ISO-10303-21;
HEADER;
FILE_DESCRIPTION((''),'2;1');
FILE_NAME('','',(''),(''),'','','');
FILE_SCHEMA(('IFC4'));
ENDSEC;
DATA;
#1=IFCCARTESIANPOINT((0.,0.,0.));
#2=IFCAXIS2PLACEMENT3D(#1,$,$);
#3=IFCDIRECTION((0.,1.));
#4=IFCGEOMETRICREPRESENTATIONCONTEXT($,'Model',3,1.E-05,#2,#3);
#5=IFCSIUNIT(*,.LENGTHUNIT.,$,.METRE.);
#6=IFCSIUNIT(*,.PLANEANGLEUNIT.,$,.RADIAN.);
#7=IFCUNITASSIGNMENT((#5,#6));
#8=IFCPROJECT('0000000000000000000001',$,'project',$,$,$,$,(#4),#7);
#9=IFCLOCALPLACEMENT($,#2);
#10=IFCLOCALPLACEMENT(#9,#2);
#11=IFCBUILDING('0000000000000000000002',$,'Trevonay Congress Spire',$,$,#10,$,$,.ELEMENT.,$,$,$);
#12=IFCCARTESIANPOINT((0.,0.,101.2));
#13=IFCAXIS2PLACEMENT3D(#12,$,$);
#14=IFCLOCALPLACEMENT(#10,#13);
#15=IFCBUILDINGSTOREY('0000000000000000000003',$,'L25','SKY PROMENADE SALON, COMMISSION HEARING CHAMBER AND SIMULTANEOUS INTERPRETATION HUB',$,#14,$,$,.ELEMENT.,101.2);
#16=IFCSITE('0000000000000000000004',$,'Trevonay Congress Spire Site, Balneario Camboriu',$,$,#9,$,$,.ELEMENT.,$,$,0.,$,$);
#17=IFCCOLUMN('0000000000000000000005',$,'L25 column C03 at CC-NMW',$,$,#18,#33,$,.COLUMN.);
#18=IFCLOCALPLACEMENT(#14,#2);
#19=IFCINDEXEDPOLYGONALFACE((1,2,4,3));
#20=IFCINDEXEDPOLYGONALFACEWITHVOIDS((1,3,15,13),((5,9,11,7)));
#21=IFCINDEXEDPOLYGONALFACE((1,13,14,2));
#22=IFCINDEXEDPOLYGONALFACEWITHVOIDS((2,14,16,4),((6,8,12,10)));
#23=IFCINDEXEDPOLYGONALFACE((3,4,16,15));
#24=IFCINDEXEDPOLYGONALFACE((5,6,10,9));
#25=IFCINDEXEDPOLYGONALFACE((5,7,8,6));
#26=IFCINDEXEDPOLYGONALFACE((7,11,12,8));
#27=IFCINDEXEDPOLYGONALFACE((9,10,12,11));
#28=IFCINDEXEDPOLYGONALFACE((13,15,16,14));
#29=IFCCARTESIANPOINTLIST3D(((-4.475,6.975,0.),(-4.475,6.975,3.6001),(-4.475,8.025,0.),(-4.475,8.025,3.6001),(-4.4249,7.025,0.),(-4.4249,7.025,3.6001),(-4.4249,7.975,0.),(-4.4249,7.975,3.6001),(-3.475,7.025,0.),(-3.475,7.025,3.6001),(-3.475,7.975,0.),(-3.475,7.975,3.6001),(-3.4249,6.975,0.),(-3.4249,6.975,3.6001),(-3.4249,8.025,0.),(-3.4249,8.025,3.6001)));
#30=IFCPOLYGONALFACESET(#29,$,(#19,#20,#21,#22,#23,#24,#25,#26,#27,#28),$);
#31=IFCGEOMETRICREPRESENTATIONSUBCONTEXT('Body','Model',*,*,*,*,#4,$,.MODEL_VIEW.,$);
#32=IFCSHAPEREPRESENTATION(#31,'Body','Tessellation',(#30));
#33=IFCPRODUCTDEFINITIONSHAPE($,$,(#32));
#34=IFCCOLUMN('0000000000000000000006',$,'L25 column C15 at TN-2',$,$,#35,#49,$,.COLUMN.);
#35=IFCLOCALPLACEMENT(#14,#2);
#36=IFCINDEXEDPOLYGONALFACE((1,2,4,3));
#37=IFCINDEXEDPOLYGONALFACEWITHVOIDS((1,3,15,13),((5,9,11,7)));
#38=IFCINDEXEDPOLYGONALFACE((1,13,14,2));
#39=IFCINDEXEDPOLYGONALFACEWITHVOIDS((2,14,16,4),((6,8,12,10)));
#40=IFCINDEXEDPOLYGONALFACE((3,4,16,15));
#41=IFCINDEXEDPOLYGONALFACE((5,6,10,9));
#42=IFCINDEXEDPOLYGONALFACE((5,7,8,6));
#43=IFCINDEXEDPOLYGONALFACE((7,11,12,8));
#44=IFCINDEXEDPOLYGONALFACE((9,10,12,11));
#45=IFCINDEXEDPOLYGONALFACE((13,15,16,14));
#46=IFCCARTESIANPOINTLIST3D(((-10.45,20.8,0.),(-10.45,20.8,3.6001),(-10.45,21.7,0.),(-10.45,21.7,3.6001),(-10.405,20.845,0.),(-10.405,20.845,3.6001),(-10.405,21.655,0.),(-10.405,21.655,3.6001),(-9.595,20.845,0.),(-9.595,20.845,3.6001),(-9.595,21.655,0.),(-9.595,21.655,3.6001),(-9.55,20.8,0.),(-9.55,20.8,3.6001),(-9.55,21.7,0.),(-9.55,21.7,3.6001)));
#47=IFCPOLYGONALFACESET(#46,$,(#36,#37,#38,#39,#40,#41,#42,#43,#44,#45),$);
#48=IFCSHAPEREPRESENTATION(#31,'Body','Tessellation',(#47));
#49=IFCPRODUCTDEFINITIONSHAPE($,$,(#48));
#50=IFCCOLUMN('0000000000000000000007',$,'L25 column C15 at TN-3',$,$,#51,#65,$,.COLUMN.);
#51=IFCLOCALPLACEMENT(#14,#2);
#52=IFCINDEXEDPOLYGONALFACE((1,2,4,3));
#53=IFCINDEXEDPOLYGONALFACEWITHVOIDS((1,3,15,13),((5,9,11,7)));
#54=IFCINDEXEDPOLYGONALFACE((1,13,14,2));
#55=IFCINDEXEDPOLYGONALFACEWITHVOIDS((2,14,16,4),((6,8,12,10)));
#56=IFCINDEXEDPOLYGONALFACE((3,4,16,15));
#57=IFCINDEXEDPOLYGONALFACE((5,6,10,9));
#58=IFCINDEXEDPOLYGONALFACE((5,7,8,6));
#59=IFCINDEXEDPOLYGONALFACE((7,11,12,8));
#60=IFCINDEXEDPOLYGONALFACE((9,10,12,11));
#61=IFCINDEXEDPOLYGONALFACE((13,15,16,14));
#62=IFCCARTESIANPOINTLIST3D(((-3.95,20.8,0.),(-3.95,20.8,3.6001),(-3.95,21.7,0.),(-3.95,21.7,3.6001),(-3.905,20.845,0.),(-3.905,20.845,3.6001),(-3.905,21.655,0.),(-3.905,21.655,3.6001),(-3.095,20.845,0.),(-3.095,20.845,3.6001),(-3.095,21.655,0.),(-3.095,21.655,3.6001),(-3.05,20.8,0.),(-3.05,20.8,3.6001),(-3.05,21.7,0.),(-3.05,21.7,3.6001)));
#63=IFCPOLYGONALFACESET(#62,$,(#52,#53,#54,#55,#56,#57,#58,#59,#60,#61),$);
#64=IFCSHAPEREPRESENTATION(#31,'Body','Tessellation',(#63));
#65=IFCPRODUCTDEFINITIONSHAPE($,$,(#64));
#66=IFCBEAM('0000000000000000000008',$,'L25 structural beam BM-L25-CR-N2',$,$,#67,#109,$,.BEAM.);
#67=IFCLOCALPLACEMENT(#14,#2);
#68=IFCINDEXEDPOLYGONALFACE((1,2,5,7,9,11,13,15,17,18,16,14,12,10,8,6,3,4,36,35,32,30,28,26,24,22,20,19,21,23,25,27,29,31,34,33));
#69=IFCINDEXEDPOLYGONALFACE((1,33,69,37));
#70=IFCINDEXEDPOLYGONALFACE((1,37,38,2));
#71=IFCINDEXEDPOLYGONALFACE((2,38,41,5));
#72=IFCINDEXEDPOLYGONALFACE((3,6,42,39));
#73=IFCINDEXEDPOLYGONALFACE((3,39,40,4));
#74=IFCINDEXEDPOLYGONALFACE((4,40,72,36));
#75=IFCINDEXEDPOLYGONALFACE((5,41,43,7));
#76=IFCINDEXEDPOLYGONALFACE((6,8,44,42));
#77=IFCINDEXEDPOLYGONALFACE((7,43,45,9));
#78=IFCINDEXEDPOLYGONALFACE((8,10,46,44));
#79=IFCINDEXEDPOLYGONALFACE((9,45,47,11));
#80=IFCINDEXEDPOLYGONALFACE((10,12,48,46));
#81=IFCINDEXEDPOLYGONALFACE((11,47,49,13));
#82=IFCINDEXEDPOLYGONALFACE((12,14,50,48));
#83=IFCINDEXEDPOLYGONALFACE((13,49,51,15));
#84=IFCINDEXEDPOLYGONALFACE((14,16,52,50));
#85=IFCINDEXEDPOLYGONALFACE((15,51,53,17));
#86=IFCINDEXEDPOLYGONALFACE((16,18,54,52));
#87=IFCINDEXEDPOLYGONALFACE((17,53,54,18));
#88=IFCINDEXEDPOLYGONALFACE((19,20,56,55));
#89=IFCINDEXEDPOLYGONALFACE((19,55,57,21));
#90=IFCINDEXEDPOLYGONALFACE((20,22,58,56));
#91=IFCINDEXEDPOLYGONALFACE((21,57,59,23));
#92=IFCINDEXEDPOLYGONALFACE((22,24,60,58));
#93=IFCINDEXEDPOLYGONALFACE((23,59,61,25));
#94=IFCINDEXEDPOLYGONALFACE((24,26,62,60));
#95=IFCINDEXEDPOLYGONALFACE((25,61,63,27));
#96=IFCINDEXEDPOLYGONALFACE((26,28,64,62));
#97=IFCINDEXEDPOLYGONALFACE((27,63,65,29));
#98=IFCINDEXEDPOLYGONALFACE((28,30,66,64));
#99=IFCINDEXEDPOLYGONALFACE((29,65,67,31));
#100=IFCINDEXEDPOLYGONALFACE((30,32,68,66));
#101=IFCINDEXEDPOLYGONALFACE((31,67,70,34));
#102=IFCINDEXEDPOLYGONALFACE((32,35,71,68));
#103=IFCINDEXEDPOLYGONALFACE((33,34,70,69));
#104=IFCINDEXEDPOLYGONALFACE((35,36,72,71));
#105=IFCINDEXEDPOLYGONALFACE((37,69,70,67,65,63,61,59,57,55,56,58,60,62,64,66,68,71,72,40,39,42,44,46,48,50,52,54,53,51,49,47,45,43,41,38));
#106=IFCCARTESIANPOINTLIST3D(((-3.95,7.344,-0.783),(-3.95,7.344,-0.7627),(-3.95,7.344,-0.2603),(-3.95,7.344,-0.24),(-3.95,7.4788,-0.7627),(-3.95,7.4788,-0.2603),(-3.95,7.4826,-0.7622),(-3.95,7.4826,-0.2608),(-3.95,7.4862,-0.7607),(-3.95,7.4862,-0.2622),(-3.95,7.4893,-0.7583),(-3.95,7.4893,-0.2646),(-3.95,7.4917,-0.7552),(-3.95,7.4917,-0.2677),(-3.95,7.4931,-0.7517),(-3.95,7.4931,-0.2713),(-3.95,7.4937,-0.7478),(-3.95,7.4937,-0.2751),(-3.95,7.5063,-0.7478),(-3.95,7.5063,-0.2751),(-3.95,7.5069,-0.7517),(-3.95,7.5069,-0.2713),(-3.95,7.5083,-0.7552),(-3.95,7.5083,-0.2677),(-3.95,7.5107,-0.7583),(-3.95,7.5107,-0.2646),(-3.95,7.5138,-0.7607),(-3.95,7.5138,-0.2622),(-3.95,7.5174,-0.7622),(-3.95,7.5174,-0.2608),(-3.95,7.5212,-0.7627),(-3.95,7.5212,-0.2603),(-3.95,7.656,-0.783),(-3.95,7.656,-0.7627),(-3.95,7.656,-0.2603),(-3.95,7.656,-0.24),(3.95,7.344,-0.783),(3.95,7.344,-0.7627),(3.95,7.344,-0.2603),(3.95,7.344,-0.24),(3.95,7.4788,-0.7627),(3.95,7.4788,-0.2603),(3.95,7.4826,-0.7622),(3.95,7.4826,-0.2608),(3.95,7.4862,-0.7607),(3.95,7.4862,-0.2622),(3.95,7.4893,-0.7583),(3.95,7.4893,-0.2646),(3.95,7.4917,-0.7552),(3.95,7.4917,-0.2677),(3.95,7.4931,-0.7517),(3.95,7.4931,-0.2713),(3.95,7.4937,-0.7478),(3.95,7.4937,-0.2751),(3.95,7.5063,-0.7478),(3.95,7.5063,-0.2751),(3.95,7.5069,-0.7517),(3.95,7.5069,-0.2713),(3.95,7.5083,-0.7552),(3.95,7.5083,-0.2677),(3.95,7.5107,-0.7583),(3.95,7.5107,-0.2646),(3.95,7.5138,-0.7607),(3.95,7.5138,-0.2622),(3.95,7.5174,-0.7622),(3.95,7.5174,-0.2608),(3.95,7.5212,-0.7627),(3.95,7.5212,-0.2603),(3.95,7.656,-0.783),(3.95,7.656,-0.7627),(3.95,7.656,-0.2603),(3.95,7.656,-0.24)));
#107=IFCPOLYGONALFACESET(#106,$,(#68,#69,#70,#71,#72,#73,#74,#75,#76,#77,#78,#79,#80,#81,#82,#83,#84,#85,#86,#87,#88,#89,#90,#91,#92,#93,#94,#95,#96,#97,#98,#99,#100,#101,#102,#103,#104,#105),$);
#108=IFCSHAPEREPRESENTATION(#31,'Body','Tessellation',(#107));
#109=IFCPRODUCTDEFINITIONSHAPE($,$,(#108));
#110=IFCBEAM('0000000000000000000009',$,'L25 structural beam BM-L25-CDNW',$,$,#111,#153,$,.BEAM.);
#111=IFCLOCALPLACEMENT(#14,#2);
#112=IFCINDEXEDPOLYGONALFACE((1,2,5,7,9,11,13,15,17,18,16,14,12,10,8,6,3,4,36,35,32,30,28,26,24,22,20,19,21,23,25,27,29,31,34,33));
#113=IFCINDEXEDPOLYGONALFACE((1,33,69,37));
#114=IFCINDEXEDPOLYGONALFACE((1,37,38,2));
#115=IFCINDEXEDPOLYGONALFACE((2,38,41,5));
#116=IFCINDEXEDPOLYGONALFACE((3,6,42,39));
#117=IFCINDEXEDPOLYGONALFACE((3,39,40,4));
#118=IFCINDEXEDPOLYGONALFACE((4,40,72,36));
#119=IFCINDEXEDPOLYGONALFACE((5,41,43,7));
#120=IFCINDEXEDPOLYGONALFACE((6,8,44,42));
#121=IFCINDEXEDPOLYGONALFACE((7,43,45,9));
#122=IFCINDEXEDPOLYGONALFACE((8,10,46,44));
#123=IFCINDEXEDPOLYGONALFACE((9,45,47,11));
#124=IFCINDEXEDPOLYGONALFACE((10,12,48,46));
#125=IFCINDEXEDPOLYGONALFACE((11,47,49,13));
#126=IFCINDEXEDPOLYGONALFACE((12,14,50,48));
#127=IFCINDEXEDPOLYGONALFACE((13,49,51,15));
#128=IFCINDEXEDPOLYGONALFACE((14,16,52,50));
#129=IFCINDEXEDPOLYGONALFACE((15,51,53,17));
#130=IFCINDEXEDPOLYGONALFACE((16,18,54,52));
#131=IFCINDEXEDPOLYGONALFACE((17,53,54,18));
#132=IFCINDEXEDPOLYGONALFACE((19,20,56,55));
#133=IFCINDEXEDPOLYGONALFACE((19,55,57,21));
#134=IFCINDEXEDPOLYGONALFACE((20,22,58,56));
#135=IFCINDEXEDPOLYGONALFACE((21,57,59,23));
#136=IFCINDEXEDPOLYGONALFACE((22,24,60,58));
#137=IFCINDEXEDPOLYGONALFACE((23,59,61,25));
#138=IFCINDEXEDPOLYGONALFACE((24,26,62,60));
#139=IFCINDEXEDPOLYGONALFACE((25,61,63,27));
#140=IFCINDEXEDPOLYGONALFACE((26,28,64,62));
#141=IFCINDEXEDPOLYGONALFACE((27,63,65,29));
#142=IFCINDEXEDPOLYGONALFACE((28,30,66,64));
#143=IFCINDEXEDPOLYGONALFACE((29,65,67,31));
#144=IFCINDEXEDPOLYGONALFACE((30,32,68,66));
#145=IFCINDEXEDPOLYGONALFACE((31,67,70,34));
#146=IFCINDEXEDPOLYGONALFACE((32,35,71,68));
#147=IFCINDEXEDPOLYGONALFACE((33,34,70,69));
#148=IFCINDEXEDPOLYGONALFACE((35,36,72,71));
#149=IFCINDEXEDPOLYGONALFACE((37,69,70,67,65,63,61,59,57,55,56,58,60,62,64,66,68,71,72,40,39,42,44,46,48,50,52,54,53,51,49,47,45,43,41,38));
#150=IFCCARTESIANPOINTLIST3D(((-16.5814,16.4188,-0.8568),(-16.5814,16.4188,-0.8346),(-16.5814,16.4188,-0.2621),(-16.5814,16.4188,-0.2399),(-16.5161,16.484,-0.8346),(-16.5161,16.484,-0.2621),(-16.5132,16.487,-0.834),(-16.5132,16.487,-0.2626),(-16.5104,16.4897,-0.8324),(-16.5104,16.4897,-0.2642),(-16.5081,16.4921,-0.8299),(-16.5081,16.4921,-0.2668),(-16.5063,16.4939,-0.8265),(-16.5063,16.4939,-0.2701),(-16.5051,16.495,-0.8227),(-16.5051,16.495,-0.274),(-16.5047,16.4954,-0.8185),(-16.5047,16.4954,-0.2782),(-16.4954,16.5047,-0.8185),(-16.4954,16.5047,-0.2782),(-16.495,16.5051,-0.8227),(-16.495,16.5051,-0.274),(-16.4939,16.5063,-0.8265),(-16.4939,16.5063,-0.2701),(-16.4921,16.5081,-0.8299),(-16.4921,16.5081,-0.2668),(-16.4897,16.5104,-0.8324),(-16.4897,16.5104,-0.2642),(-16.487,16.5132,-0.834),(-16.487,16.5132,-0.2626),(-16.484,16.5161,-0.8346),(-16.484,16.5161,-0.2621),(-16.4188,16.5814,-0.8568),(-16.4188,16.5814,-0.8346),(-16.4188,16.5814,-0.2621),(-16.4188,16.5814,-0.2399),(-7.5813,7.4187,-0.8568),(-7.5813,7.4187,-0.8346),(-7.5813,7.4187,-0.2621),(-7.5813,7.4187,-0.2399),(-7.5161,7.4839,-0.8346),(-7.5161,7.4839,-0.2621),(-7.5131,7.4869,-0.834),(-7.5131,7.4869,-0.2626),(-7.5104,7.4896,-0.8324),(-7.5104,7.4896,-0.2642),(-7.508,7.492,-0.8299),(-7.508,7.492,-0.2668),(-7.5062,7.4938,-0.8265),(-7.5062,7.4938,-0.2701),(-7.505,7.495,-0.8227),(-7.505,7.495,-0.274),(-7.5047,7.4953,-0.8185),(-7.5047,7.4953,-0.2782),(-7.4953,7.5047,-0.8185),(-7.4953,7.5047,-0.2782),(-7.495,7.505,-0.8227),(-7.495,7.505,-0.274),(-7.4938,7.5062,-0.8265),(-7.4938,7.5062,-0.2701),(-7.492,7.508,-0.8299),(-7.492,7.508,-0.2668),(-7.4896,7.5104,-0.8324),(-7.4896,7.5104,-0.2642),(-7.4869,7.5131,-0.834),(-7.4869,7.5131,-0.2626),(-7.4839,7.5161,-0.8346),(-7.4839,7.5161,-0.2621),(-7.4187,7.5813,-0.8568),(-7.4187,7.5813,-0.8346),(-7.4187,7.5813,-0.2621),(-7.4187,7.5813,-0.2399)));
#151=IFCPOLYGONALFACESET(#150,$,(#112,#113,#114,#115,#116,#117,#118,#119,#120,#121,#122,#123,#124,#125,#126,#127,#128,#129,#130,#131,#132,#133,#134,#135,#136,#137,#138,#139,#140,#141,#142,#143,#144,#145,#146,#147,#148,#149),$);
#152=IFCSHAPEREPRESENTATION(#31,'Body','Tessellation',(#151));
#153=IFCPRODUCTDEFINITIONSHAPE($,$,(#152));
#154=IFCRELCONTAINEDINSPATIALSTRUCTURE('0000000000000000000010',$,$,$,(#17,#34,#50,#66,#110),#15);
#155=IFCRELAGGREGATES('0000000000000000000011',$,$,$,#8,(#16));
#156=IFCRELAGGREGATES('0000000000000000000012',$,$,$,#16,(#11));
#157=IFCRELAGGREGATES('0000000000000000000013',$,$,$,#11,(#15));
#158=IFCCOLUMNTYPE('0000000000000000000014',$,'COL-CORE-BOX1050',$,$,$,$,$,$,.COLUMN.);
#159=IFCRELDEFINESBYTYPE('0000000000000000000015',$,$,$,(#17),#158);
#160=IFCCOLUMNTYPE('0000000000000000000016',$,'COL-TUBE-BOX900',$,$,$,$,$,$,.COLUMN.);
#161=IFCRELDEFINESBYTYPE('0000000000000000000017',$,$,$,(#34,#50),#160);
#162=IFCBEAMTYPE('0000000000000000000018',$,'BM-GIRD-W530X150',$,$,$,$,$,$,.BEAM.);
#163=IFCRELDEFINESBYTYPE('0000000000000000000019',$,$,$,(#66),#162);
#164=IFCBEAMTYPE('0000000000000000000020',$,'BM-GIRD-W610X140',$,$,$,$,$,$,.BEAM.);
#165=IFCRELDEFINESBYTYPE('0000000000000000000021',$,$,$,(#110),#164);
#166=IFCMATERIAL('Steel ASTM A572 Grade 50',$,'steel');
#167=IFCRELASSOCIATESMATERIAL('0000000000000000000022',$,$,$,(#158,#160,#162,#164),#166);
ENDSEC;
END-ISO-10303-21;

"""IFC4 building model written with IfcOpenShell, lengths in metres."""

from ifc_helpers import new_model, si_unit, direction, frame, origin, origin_2d, place, context, subcontext, project, spatial, hollow_rectangle, i_section, extrude, material, material_profile, profile_set, type_object, element, save


model = new_model("IFC4")

# Units and contexts
model_context = context("Model", 3, precision=1e-05, world=origin(), true_north=direction((0.0, 1.0)))
body_context = subcontext(model_context, "Body", "Model", "MODEL_VIEW")
ifc_project = project(units=[si_unit("LENGTHUNIT", "METRE"), si_unit("PLANEANGLEUNIT", "RADIAN")], contexts=[model_context])

# Site, building, storey
site_placement = place(None, origin())
site = spatial("IfcSite", under=ifc_project, at=site_placement, Name="Trevonay Congress Spire Site, Balneario Camboriu", CompositionType="ELEMENT", RefElevation=0.0)
building_placement = place(site_placement, origin())
building = spatial("IfcBuilding", under=site, at=building_placement, Name="Trevonay Congress Spire", CompositionType="ELEMENT")
storey_placement = place(building_placement, frame((0.0, 0.0, 101.2)))
storey = spatial("IfcBuildingStorey", under=building, at=storey_placement, Name="L25", Description="SKY PROMENADE SALON, COMMISSION HEARING CHAMBER AND SIMULTANEOUS INTERPRETATION HUB", CompositionType="ELEMENT", Elevation=101.2)

# Columns
ifc_material_1 = material(Name="Steel ASTM A572 Grade 50", Category="steel")
ifc_material_profile_1 = material_profile(ifc_material_1, hollow_rectangle(XDim=1.05, YDim=1.05, WallThickness=0.05, at=origin_2d()), Name="BOX 1050x1050x50")
ifc_profile_set_1 = profile_set([ifc_material_profile_1], Name="Steel ASTM A572 Grade 50")
column_type_1 = type_object("IfcColumnType", Name="COL-CORE-BOX1050", PredefinedType="COLUMN", material=ifc_profile_set_1)
column_placement = place(storey_placement, frame((-3.95, 7.5, 0.0), z_axis=(0.0, 0.0, 1.0), x_axis=(1.0, 0.0, 0.0)))
element("IfcColumn", 1, at=column_placement, inside=storey, type_object=column_type_1, Name="L25 column C03 at CC-NMW", PredefinedType="COLUMN", context=body_context, shape_type="SweptSolid", body=[
    extrude(hollow_rectangle(XDim=1.05, YDim=1.05, WallThickness=0.05, at=origin_2d()), origin(), (0.0, 0.0, 1.0), 3.6001),
])
ifc_material_profile_2 = material_profile(ifc_material_1, hollow_rectangle(XDim=0.8999, YDim=0.8999, WallThickness=0.0449, at=origin_2d()), Name="BOX 900x900x45")
ifc_profile_set_2 = profile_set([ifc_material_profile_2], Name="Steel ASTM A572 Grade 50")
column_type_2 = type_object("IfcColumnType", Name="COL-TUBE-BOX900", PredefinedType="COLUMN", material=ifc_profile_set_2)
for number, where, z_axis, x_axis, name in (
    (2, (-10.0, 21.25, 0.0), (0.0, 0.0, 1.0), (1.0, 0.0, 0.0), "L25 column C15 at TN-2"),
    (3, (-3.5, 21.25, 0.0), (0.0, 0.0, 1.0), (1.0, 0.0, 0.0), "L25 column C15 at TN-3"),
):
    element("IfcColumn", number, at=place(storey_placement, frame(where, z_axis=z_axis, x_axis=x_axis)), inside=storey, type_object=column_type_2, Name=name, PredefinedType="COLUMN", context=body_context, shape_type="SweptSolid", body=[
        extrude(hollow_rectangle(XDim=0.8999, YDim=0.8999, WallThickness=0.0449, at=origin_2d()), origin(), (0.0, 0.0, 1.0), 3.6001),
    ])

# Beams
ifc_material_profile_3 = material_profile(ifc_material_1, i_section(OverallWidth=0.312, OverallDepth=0.543, WebThickness=0.0127, FlangeThickness=0.0203, FilletRadius=0.0149, at=origin_2d()), Name="W530x150")
ifc_profile_set_3 = profile_set([ifc_material_profile_3], Name="Steel ASTM A572 Grade 50")
beam_type_1 = type_object("IfcBeamType", Name="BM-GIRD-W530X150", PredefinedType="BEAM", material=ifc_profile_set_3)
beam_1_placement = place(storey_placement, frame((-3.95, 7.5, -0.5115), z_axis=(1.0, 0.0, 0.0), x_axis=(0.0, 1.0, 0.0)))
element("IfcBeam", 4, at=beam_1_placement, inside=storey, type_object=beam_type_1, Name="L25 structural beam BM-L25-CR-N2", PredefinedType="BEAM", context=body_context, shape_type="SweptSolid", body=[
    extrude(i_section(OverallWidth=0.312, OverallDepth=0.543, WebThickness=0.0127, FlangeThickness=0.0203, FilletRadius=0.0149, at=origin_2d()), origin(), (0.0, 0.0, 1.0), 7.8999),
])
ifc_material_profile_4 = material_profile(ifc_material_1, i_section(OverallWidth=0.23, OverallDepth=0.6169, WebThickness=0.0132, FlangeThickness=0.0222, FilletRadius=0.0161, at=origin_2d()), Name="W610x140")
ifc_profile_set_4 = profile_set([ifc_material_profile_4], Name="Steel ASTM A572 Grade 50")
beam_type_2 = type_object("IfcBeamType", Name="BM-GIRD-W610X140", PredefinedType="BEAM", material=ifc_profile_set_4)
beam_2_placement = place(storey_placement, frame((-7.5, 7.5, -0.5483), z_axis=(-0.707107, 0.707107, 0.0), x_axis=(-0.707107, -0.707107, 0.0)))
element("IfcBeam", 5, at=beam_2_placement, inside=storey, type_object=beam_type_2, Name="L25 structural beam BM-L25-CDNW", PredefinedType="BEAM", context=body_context, shape_type="SweptSolid", body=[
    extrude(i_section(OverallWidth=0.23, OverallDepth=0.6169, WebThickness=0.0132, FlangeThickness=0.0222, FilletRadius=0.0161, at=origin_2d()), origin(), (0.0, 0.0, 1.0), 12.728),
])

save(model, "model.ifc")
